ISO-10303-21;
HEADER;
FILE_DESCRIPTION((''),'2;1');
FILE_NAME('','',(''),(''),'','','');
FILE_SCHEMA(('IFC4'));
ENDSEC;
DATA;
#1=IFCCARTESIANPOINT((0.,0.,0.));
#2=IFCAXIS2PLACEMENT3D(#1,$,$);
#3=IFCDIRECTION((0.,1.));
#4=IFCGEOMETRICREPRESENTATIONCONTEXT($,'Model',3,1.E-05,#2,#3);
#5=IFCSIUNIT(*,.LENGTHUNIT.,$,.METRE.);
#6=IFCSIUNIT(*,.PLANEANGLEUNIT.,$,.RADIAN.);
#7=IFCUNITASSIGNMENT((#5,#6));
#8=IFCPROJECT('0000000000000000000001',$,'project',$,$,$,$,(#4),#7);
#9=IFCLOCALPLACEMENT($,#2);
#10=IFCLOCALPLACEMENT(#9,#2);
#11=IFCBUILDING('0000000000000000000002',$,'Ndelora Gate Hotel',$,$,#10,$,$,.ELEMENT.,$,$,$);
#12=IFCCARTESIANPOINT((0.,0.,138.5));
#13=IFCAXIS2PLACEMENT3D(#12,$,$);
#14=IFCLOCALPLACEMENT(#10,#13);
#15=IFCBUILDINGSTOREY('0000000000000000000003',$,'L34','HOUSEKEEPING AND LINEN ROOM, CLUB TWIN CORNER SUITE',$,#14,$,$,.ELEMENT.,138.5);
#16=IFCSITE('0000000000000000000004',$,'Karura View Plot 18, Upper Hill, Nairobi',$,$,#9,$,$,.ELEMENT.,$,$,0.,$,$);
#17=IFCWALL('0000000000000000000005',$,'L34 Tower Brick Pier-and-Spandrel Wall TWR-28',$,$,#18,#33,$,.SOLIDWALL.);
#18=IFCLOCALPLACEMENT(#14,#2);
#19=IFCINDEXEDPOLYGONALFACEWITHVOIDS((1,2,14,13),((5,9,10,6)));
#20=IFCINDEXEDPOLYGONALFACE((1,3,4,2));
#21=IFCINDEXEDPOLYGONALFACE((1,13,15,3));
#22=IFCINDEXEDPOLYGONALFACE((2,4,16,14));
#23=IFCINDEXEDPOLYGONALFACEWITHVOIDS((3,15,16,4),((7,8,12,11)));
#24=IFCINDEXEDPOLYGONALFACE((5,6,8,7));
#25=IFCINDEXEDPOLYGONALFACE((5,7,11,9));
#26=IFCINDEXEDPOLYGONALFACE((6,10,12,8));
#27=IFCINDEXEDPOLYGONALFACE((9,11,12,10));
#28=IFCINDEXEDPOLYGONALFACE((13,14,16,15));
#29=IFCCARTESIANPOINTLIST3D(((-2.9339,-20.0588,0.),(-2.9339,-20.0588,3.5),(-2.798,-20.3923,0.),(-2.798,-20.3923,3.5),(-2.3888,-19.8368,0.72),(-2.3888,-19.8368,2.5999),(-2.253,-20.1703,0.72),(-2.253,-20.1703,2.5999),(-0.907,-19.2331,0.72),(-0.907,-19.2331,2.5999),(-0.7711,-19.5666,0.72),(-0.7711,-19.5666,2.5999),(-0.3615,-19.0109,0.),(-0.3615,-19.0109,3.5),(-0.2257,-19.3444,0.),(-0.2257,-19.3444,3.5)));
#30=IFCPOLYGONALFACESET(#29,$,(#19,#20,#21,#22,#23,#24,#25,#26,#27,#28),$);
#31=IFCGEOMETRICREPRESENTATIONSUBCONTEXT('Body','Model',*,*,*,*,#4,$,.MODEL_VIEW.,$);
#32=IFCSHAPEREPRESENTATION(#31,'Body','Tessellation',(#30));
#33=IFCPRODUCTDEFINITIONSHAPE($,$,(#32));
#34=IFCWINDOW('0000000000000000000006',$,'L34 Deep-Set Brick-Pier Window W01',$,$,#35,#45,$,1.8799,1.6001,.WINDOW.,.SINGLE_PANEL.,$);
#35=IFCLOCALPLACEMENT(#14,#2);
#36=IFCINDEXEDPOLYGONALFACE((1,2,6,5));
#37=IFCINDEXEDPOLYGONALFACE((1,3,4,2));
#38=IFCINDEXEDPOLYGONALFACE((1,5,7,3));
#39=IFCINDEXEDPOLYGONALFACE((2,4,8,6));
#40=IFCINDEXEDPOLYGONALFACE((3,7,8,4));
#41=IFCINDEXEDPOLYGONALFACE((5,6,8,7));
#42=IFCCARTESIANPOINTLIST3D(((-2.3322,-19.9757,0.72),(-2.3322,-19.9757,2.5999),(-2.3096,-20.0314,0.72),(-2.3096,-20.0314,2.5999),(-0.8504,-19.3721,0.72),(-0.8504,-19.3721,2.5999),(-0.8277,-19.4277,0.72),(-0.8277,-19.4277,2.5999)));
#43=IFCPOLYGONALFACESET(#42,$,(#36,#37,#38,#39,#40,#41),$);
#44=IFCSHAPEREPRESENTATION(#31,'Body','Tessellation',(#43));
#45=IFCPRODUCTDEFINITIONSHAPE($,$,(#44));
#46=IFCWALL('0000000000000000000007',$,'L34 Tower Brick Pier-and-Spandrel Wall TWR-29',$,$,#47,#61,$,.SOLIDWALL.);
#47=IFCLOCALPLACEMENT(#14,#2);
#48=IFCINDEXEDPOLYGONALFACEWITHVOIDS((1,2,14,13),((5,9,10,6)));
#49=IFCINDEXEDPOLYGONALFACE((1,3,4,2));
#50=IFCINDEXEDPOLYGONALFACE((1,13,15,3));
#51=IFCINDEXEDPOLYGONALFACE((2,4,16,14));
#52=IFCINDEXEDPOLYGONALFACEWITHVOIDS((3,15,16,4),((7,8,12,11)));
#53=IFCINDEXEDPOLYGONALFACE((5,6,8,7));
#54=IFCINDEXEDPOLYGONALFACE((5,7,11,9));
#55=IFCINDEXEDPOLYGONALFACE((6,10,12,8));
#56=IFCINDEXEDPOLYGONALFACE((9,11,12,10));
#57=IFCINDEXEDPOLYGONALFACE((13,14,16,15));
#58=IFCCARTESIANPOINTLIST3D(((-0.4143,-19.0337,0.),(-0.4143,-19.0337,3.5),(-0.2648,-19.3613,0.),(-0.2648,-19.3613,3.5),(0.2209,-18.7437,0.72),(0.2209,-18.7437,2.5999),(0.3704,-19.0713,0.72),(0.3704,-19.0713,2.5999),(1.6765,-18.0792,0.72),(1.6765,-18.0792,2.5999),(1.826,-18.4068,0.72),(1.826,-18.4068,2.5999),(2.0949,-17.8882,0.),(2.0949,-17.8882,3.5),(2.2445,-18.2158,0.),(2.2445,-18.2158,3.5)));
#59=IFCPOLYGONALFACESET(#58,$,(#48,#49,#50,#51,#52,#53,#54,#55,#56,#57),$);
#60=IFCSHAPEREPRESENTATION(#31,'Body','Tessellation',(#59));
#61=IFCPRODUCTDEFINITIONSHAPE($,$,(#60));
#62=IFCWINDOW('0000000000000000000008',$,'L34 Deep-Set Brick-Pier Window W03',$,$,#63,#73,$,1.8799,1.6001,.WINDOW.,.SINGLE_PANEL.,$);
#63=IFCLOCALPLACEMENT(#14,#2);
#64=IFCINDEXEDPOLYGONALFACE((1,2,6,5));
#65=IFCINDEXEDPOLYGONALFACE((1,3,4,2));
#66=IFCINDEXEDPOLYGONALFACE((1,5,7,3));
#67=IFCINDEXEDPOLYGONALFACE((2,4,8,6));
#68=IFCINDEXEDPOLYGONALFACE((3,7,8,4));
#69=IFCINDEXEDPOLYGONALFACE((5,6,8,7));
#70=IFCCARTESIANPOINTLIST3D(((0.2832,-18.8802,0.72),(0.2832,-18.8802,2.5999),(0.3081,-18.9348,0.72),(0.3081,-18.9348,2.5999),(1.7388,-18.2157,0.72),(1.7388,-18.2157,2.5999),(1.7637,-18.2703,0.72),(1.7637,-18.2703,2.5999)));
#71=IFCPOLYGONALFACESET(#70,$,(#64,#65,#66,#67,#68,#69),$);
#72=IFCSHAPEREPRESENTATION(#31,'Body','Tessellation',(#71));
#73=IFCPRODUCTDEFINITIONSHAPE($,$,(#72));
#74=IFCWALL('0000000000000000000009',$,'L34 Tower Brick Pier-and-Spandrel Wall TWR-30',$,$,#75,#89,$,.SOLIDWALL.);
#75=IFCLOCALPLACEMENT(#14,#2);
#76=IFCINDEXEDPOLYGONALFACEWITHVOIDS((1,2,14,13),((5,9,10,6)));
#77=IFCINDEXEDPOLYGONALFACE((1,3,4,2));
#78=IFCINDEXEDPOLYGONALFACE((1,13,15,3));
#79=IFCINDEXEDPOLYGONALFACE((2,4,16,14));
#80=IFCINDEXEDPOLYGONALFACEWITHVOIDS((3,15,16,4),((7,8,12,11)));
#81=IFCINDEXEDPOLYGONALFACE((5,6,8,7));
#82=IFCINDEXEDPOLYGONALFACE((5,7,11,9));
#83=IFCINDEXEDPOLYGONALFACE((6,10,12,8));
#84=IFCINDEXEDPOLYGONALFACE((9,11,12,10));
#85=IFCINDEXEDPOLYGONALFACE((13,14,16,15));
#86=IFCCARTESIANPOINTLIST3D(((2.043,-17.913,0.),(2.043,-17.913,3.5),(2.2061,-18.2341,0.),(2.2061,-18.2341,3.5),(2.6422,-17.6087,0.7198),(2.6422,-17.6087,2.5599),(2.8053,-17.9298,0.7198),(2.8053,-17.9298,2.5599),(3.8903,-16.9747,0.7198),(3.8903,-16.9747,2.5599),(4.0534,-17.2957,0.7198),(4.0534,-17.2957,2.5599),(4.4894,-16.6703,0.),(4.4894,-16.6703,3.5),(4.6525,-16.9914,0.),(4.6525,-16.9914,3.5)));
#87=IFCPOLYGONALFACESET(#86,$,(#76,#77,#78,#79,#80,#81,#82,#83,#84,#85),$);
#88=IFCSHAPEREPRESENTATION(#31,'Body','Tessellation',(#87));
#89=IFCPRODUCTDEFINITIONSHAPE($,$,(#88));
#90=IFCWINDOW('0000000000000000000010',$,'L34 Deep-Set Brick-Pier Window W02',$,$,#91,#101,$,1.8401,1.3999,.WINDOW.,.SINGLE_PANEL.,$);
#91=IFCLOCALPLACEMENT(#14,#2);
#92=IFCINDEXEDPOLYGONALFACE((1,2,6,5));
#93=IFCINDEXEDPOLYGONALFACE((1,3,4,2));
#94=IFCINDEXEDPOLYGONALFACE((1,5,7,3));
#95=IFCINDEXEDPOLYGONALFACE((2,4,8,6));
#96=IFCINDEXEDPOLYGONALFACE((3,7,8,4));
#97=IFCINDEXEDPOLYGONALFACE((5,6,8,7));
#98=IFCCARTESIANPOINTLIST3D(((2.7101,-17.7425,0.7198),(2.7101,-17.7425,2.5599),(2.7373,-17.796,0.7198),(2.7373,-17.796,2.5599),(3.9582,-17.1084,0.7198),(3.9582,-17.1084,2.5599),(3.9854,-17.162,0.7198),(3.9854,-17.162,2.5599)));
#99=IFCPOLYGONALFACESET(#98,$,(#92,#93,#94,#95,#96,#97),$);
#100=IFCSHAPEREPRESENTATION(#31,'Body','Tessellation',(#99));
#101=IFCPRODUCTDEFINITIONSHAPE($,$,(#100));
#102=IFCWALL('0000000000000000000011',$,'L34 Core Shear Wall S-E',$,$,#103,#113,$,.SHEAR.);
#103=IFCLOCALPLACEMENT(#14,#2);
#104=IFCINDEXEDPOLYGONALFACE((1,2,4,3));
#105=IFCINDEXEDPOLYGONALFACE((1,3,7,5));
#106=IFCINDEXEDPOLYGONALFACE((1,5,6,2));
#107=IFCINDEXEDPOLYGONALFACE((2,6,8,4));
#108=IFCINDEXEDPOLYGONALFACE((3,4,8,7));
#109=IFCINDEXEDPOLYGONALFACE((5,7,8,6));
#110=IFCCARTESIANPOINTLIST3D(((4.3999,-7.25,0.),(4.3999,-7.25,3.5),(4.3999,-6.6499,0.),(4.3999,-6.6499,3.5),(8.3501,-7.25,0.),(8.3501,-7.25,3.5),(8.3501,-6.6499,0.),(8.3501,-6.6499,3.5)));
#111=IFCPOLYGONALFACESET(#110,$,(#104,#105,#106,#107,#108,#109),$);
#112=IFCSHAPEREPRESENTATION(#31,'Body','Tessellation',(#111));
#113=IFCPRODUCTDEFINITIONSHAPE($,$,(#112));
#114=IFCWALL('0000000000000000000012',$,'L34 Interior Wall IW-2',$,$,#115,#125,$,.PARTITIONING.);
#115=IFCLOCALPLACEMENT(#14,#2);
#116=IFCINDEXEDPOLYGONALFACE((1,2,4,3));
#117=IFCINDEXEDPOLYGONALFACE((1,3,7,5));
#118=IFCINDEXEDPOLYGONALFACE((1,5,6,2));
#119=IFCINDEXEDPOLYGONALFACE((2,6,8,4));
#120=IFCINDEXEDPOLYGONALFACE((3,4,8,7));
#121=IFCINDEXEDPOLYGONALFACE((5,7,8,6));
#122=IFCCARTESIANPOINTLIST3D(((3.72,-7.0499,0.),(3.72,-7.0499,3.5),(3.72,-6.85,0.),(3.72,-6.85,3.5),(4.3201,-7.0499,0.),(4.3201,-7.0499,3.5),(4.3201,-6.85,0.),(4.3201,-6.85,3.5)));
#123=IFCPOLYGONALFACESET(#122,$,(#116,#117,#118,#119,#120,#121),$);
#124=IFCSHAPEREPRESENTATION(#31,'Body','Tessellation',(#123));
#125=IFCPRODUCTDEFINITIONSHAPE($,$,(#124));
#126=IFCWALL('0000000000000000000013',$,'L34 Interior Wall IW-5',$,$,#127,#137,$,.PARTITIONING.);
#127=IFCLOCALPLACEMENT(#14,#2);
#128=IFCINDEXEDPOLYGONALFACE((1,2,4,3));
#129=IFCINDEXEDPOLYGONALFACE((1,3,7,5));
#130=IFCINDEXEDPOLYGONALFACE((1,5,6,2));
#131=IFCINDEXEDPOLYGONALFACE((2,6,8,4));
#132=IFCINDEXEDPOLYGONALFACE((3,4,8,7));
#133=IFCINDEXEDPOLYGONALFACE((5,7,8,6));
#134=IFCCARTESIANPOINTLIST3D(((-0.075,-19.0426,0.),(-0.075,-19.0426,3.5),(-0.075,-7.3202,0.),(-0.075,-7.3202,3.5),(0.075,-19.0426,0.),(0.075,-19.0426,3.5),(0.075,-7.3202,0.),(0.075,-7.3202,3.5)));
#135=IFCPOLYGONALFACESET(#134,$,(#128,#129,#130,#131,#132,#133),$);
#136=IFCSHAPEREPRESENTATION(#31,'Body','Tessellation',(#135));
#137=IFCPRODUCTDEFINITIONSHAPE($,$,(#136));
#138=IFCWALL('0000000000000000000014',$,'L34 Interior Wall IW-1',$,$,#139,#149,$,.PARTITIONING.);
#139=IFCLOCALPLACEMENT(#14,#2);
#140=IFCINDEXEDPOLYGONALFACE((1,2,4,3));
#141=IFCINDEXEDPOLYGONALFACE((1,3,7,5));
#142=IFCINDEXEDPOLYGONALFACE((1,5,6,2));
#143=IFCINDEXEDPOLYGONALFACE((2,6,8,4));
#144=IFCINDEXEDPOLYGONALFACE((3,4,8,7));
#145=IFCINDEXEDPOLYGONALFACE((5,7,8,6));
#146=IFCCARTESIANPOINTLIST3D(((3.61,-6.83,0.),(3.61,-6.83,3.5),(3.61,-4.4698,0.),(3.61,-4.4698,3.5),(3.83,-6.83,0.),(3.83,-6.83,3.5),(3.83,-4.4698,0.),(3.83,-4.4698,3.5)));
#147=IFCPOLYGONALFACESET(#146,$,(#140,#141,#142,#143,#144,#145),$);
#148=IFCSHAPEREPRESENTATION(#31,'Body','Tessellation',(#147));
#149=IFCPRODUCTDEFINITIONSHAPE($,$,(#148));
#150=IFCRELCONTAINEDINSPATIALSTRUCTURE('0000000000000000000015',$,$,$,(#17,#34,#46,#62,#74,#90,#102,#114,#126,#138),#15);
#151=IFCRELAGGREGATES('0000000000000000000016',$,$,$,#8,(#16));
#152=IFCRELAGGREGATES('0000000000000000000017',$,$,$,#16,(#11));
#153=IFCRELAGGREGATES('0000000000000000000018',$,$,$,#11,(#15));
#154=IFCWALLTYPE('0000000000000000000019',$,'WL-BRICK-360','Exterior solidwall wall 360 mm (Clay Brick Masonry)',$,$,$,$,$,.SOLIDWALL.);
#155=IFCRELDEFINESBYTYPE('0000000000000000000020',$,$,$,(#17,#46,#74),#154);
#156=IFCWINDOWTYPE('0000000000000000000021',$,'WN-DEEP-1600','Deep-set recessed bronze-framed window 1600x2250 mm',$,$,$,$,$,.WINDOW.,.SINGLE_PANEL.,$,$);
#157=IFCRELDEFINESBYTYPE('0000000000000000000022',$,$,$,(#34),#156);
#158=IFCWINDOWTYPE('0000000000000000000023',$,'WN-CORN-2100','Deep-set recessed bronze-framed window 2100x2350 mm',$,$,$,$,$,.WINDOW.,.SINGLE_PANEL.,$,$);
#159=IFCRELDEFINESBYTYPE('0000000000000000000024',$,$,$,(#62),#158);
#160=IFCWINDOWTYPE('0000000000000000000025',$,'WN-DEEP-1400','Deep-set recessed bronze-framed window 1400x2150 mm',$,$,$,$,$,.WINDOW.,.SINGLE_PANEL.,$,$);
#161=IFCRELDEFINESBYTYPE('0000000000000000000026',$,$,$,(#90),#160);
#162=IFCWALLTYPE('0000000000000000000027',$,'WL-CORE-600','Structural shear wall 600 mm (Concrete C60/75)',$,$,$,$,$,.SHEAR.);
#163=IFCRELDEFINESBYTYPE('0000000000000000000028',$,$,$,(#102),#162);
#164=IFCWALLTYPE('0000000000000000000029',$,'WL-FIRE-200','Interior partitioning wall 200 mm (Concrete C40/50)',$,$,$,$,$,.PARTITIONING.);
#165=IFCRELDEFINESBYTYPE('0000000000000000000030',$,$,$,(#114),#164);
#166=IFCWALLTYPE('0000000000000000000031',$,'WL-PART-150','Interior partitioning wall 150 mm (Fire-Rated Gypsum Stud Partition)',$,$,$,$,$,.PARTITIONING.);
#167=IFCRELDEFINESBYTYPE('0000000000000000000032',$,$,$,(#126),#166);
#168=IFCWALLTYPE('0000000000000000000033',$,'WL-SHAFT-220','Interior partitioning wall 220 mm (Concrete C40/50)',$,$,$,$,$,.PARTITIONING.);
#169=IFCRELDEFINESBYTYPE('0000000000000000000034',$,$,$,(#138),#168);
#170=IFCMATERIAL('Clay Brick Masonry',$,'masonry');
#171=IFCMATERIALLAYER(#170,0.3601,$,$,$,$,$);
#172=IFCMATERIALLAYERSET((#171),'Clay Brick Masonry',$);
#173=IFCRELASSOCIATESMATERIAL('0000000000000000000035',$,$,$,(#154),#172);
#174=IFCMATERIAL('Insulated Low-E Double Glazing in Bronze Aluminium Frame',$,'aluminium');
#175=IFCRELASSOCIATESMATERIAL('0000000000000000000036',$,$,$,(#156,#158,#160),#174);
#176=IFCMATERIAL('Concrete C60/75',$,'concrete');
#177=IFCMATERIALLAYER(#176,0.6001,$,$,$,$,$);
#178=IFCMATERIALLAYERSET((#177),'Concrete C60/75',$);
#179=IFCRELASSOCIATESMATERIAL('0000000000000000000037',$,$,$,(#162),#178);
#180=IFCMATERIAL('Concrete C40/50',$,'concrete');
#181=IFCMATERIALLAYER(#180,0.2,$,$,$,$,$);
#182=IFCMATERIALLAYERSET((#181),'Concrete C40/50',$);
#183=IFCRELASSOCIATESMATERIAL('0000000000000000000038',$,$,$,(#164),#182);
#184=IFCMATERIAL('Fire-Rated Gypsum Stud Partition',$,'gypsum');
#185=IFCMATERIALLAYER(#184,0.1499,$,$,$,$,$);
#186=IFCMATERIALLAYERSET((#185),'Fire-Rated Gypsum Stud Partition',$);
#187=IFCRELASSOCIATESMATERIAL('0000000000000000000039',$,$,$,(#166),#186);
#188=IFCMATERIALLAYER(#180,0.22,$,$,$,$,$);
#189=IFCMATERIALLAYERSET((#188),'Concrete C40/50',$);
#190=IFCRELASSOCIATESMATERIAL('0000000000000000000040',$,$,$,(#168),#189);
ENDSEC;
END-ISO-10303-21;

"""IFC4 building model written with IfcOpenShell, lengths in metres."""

from ifc_helpers import new_model, si_unit, direction, frame, frame_2d, origin, place, context, subcontext, project, spatial, rectangle, extrude, material, layer, layer_set, type_object, element, fill, save


model = new_model("IFC4")

# Units and contexts
model_context = context("Model", 3, precision=1e-05, world=origin(), true_north=direction((0.0, 1.0)))
body_context = subcontext(model_context, "Body", "Model", "MODEL_VIEW")
ifc_project = project(units=[si_unit("LENGTHUNIT", "METRE"), si_unit("PLANEANGLEUNIT", "RADIAN")], contexts=[model_context])

# Site, building, storey
site_placement = place(None, origin())
site = spatial("IfcSite", under=ifc_project, at=site_placement, Name="Karura View Plot 18, Upper Hill, Nairobi", CompositionType="ELEMENT", RefElevation=0.0)
building_placement = place(site_placement, origin())
building = spatial("IfcBuilding", under=site, at=building_placement, Name="Ndelora Gate Hotel", CompositionType="ELEMENT")
storey_placement = place(building_placement, frame((0.0, 0.0, 138.5)))
storey = spatial("IfcBuildingStorey", under=building, at=storey_placement, Name="L34", Description="HOUSEKEEPING AND LINEN ROOM, CLUB TWIN CORNER SUITE", CompositionType="ELEMENT", Elevation=138.5)

# Shared definitions
ifc_material_1 = material(Name="Concrete C60/75", Category="concrete")

# Walls, openings, windows
ifc_material_2 = material(Name="Clay Brick Masonry", Category="masonry")
ifc_layer_1 = layer(ifc_material_2, 0.3601)
ifc_layer_set_1 = layer_set([ifc_layer_1], Name="Clay Brick Masonry")
wall_type_1 = type_object("IfcWallType", Name="WL-BRICK-360", Description="Exterior solidwall wall 360 mm (Clay Brick Masonry)", PredefinedType="SOLIDWALL", material=ifc_layer_set_1)
ifc_material_3 = material(Name="Insulated Low-E Double Glazing in Bronze Aluminium Frame", Category="aluminium")
window_type_1 = type_object("IfcWindowType", Name="WN-DEEP-1600", Description="Deep-set recessed bronze-framed window 1600x2250 mm", PartitioningType="SINGLE_PANEL", PredefinedType="WINDOW", material=ifc_material_3)
wall_1_placement = place(storey_placement, frame((-0.2937, -19.1777, 0.0), z_axis=(0.0, 0.0, 1.0), x_axis=(-0.926106, -0.377263, 0.0)))
wall_1 = element("IfcWall", 1, at=wall_1_placement, inside=storey, type_object=wall_type_1, Name="L34 Tower Brick Pier-and-Spandrel Wall TWR-28", PredefinedType="SOLIDWALL", context=body_context, shape_type="SweptSolid", body=[
    extrude(rectangle(XDim=2.7776, YDim=0.3601, at=frame_2d((1.3887, 0.0))), origin(), (0.0, 0.0, 1.0), 3.5),
])
opening_1_placement = place(wall_1_placement, frame((0.5889, 0.0, 0.72)))
opening_1 = element("IfcOpeningElement", 2, at=opening_1_placement, cuts=wall_1, PredefinedType="OPENING", context=body_context, shape_type="SweptSolid", body=[
    extrude(rectangle(XDim=1.6001, YDim=1.8799, at=frame_2d((0.8, 0.9399))), frame((0.0, 0.1899, 0.0), z_axis=(0.0, -1.0, 0.0), x_axis=(1.0, 0.0, 0.0)), (0.0, 0.0, 1.0), 0.3801),
])
window_1_placement = place(opening_1_placement, origin())
window_1 = element("IfcWindow", 3, at=window_1_placement, inside=storey, type_object=window_type_1, Name="L34 Deep-Set Brick-Pier Window W01", OverallHeight=1.8799, OverallWidth=1.6001, PartitioningType="SINGLE_PANEL", PredefinedType="WINDOW", context=body_context, shape_type="SweptSolid", body=[
    extrude(rectangle(XDim=1.6001, YDim=1.8799, at=frame_2d((0.8, 0.9399))), frame((0.0, 0.03, 0.0), z_axis=(0.0, -1.0, 0.0), x_axis=(1.0, 0.0, 0.0)), (0.0, 0.0, 1.0), 0.0601),
])
fill(opening_1, window_1)
wall_2_placement = place(storey_placement, frame((2.1697, -18.052, 0.0), z_axis=(0.0, 0.0, 1.0), x_axis=(-0.909692, -0.415283, 0.0)))
wall_2 = element("IfcWall", 4, at=wall_2_placement, inside=storey, type_object=wall_type_1, Name="L34 Tower Brick Pier-and-Spandrel Wall TWR-29", PredefinedType="SOLIDWALL", context=body_context, shape_type="SweptSolid", body=[
    extrude(rectangle(XDim=2.7583, YDim=0.3601, at=frame_2d((1.3792, 0.0))), origin(), (0.0, 0.0, 1.0), 3.5),
])
opening_2_placement = place(wall_2_placement, frame((0.46, 0.0, 0.72)))
opening_2 = element("IfcOpeningElement", 5, at=opening_2_placement, cuts=wall_2, PredefinedType="OPENING", context=body_context, shape_type="SweptSolid", body=[
    extrude(rectangle(XDim=1.6001, YDim=1.8799, at=frame_2d((0.8, 0.9399))), frame((0.0, 0.1899, 0.0), z_axis=(0.0, -1.0, 0.0), x_axis=(1.0, 0.0, 0.0)), (0.0, 0.0, 1.0), 0.3801),
])
window_type_2 = type_object("IfcWindowType", Name="WN-CORN-2100", Description="Deep-set recessed bronze-framed window 2100x2350 mm", PartitioningType="SINGLE_PANEL", PredefinedType="WINDOW", material=ifc_material_3)
window_2_placement = place(opening_2_placement, origin())
window_2 = element("IfcWindow", 6, at=window_2_placement, inside=storey, type_object=window_type_2, Name="L34 Deep-Set Brick-Pier Window W03", OverallHeight=1.8799, OverallWidth=1.6001, PartitioningType="SINGLE_PANEL", PredefinedType="WINDOW", context=body_context, shape_type="SweptSolid", body=[
    extrude(rectangle(XDim=1.6001, YDim=1.8799, at=frame_2d((0.8, 0.9399))), frame((0.0, 0.03, 0.0), z_axis=(0.0, -1.0, 0.0), x_axis=(1.0, 0.0, 0.0)), (0.0, 0.0, 1.0), 0.0601),
])
fill(opening_2, window_2)
wall_3_placement = place(storey_placement, frame((4.571, -16.8308, 0.0), z_axis=(0.0, 0.0, 1.0), x_axis=(-0.891562, -0.452899, 0.0)))
wall_3 = element("IfcWall", 7, at=wall_3_placement, inside=storey, type_object=wall_type_1, Name="L34 Tower Brick Pier-and-Spandrel Wall TWR-30", PredefinedType="SOLIDWALL", context=body_context, shape_type="SweptSolid", body=[
    extrude(rectangle(XDim=2.7439, YDim=0.3601, at=frame_2d((1.3721, 0.0))), origin(), (0.0, 0.0, 1.0), 3.5),
])
opening_3_placement = place(wall_3_placement, frame((0.6721, 0.0, 0.72)))
opening_3 = element("IfcOpeningElement", 8, at=opening_3_placement, cuts=wall_3, PredefinedType="OPENING", context=body_context, shape_type="SweptSolid", body=[
    extrude(rectangle(XDim=1.3999, YDim=1.8401, at=frame_2d((0.7, 0.9199))), frame((0.0, 0.1899, 0.0), z_axis=(0.0, -1.0, 0.0), x_axis=(1.0, 0.0, 0.0)), (0.0, 0.0, 1.0), 0.3801),
])
window_type_3 = type_object("IfcWindowType", Name="WN-DEEP-1400", Description="Deep-set recessed bronze-framed window 1400x2150 mm", PartitioningType="SINGLE_PANEL", PredefinedType="WINDOW", material=ifc_material_3)
window_3_placement = place(opening_3_placement, origin())
window_3 = element("IfcWindow", 9, at=window_3_placement, inside=storey, type_object=window_type_3, Name="L34 Deep-Set Brick-Pier Window W02", OverallHeight=1.8401, OverallWidth=1.3999, PartitioningType="SINGLE_PANEL", PredefinedType="WINDOW", context=body_context, shape_type="SweptSolid", body=[
    extrude(rectangle(XDim=1.3999, YDim=1.8401, at=frame_2d((0.7, 0.9199))), frame((0.0, 0.03, 0.0), z_axis=(0.0, -1.0, 0.0), x_axis=(1.0, 0.0, 0.0)), (0.0, 0.0, 1.0), 0.0601),
])
fill(opening_3, window_3)

# Walls
ifc_layer_2 = layer(ifc_material_1, 0.6001)
ifc_layer_set_2 = layer_set([ifc_layer_2], Name="Concrete C60/75")
wall_type_2 = type_object("IfcWallType", Name="WL-CORE-600", Description="Structural shear wall 600 mm (Concrete C60/75)", PredefinedType="SHEAR", material=ifc_layer_set_2)
wall_4_placement = place(storey_placement, frame((4.3999, -6.95, 0.0), z_axis=(0.0, 0.0, 1.0), x_axis=(1.0, 0.0, 0.0)))
element("IfcWall", 10, at=wall_4_placement, inside=storey, type_object=wall_type_2, Name="L34 Core Shear Wall S-E", PredefinedType="SHEAR", context=body_context, shape_type="SweptSolid", body=[
    extrude(rectangle(XDim=3.9502, YDim=0.6001, at=frame_2d((1.9751, 0.0))), origin(), (0.0, 0.0, 1.0), 3.5),
])
ifc_material_4 = material(Name="Concrete C40/50", Category="concrete")
ifc_layer_3 = layer(ifc_material_4, 0.2)
ifc_layer_set_3 = layer_set([ifc_layer_3], Name="Concrete C40/50")
wall_type_3 = type_object("IfcWallType", Name="WL-FIRE-200", Description="Interior partitioning wall 200 mm (Concrete C40/50)", PredefinedType="PARTITIONING", material=ifc_layer_set_3)
wall_5_placement = place(storey_placement, frame((3.72, -6.95, 0.0), z_axis=(0.0, 0.0, 1.0), x_axis=(1.0, 0.0, 0.0)))
element("IfcWall", 11, at=wall_5_placement, inside=storey, type_object=wall_type_3, Name="L34 Interior Wall IW-2", PredefinedType="PARTITIONING", context=body_context, shape_type="SweptSolid", body=[
    extrude(rectangle(XDim=0.6001, YDim=0.2, at=frame_2d((0.3, 0.0))), origin(), (0.0, 0.0, 1.0), 3.5),
])
ifc_material_5 = material(Name="Fire-Rated Gypsum Stud Partition", Category="gypsum")
ifc_layer_4 = layer(ifc_material_5, 0.1499)
ifc_layer_set_4 = layer_set([ifc_layer_4], Name="Fire-Rated Gypsum Stud Partition")
wall_type_4 = type_object("IfcWallType", Name="WL-PART-150", Description="Interior partitioning wall 150 mm (Fire-Rated Gypsum Stud Partition)", PredefinedType="PARTITIONING", material=ifc_layer_set_4)
wall_6_placement = place(storey_placement, frame((0.0, -7.3201, 0.0), z_axis=(0.0, 0.0, 1.0), x_axis=(0.0, -1.0, 0.0)))
element("IfcWall", 12, at=wall_6_placement, inside=storey, type_object=wall_type_4, Name="L34 Interior Wall IW-5", PredefinedType="PARTITIONING", context=body_context, shape_type="SweptSolid", body=[
    extrude(rectangle(XDim=11.7224, YDim=0.1499, at=frame_2d((5.8613, 0.0))), origin(), (0.0, 0.0, 1.0), 3.5),
])

# Shared definitions
ifc_layer_5 = layer(ifc_material_4, 0.22)
ifc_layer_set_5 = layer_set([ifc_layer_5], Name="Concrete C40/50")
wall_type_5 = type_object("IfcWallType", Name="WL-SHAFT-220", Description="Interior partitioning wall 220 mm (Concrete C40/50)", PredefinedType="PARTITIONING", material=ifc_layer_set_5)

# Wall
wall_7_placement = place(storey_placement, frame((3.72, -6.8301, 0.0), z_axis=(0.0, 0.0, 1.0), x_axis=(0.0, 1.0, 0.0)))
element("IfcWall", 13, at=wall_7_placement, inside=storey, type_object=wall_type_5, Name="L34 Interior Wall IW-1", PredefinedType="PARTITIONING", context=body_context, shape_type="SweptSolid", body=[
    extrude(rectangle(XDim=2.3601, YDim=0.22, at=frame_2d((1.1802, 0.0))), origin(), (0.0, 0.0, 1.0), 3.5),
])

save(model, "model.ifc")
